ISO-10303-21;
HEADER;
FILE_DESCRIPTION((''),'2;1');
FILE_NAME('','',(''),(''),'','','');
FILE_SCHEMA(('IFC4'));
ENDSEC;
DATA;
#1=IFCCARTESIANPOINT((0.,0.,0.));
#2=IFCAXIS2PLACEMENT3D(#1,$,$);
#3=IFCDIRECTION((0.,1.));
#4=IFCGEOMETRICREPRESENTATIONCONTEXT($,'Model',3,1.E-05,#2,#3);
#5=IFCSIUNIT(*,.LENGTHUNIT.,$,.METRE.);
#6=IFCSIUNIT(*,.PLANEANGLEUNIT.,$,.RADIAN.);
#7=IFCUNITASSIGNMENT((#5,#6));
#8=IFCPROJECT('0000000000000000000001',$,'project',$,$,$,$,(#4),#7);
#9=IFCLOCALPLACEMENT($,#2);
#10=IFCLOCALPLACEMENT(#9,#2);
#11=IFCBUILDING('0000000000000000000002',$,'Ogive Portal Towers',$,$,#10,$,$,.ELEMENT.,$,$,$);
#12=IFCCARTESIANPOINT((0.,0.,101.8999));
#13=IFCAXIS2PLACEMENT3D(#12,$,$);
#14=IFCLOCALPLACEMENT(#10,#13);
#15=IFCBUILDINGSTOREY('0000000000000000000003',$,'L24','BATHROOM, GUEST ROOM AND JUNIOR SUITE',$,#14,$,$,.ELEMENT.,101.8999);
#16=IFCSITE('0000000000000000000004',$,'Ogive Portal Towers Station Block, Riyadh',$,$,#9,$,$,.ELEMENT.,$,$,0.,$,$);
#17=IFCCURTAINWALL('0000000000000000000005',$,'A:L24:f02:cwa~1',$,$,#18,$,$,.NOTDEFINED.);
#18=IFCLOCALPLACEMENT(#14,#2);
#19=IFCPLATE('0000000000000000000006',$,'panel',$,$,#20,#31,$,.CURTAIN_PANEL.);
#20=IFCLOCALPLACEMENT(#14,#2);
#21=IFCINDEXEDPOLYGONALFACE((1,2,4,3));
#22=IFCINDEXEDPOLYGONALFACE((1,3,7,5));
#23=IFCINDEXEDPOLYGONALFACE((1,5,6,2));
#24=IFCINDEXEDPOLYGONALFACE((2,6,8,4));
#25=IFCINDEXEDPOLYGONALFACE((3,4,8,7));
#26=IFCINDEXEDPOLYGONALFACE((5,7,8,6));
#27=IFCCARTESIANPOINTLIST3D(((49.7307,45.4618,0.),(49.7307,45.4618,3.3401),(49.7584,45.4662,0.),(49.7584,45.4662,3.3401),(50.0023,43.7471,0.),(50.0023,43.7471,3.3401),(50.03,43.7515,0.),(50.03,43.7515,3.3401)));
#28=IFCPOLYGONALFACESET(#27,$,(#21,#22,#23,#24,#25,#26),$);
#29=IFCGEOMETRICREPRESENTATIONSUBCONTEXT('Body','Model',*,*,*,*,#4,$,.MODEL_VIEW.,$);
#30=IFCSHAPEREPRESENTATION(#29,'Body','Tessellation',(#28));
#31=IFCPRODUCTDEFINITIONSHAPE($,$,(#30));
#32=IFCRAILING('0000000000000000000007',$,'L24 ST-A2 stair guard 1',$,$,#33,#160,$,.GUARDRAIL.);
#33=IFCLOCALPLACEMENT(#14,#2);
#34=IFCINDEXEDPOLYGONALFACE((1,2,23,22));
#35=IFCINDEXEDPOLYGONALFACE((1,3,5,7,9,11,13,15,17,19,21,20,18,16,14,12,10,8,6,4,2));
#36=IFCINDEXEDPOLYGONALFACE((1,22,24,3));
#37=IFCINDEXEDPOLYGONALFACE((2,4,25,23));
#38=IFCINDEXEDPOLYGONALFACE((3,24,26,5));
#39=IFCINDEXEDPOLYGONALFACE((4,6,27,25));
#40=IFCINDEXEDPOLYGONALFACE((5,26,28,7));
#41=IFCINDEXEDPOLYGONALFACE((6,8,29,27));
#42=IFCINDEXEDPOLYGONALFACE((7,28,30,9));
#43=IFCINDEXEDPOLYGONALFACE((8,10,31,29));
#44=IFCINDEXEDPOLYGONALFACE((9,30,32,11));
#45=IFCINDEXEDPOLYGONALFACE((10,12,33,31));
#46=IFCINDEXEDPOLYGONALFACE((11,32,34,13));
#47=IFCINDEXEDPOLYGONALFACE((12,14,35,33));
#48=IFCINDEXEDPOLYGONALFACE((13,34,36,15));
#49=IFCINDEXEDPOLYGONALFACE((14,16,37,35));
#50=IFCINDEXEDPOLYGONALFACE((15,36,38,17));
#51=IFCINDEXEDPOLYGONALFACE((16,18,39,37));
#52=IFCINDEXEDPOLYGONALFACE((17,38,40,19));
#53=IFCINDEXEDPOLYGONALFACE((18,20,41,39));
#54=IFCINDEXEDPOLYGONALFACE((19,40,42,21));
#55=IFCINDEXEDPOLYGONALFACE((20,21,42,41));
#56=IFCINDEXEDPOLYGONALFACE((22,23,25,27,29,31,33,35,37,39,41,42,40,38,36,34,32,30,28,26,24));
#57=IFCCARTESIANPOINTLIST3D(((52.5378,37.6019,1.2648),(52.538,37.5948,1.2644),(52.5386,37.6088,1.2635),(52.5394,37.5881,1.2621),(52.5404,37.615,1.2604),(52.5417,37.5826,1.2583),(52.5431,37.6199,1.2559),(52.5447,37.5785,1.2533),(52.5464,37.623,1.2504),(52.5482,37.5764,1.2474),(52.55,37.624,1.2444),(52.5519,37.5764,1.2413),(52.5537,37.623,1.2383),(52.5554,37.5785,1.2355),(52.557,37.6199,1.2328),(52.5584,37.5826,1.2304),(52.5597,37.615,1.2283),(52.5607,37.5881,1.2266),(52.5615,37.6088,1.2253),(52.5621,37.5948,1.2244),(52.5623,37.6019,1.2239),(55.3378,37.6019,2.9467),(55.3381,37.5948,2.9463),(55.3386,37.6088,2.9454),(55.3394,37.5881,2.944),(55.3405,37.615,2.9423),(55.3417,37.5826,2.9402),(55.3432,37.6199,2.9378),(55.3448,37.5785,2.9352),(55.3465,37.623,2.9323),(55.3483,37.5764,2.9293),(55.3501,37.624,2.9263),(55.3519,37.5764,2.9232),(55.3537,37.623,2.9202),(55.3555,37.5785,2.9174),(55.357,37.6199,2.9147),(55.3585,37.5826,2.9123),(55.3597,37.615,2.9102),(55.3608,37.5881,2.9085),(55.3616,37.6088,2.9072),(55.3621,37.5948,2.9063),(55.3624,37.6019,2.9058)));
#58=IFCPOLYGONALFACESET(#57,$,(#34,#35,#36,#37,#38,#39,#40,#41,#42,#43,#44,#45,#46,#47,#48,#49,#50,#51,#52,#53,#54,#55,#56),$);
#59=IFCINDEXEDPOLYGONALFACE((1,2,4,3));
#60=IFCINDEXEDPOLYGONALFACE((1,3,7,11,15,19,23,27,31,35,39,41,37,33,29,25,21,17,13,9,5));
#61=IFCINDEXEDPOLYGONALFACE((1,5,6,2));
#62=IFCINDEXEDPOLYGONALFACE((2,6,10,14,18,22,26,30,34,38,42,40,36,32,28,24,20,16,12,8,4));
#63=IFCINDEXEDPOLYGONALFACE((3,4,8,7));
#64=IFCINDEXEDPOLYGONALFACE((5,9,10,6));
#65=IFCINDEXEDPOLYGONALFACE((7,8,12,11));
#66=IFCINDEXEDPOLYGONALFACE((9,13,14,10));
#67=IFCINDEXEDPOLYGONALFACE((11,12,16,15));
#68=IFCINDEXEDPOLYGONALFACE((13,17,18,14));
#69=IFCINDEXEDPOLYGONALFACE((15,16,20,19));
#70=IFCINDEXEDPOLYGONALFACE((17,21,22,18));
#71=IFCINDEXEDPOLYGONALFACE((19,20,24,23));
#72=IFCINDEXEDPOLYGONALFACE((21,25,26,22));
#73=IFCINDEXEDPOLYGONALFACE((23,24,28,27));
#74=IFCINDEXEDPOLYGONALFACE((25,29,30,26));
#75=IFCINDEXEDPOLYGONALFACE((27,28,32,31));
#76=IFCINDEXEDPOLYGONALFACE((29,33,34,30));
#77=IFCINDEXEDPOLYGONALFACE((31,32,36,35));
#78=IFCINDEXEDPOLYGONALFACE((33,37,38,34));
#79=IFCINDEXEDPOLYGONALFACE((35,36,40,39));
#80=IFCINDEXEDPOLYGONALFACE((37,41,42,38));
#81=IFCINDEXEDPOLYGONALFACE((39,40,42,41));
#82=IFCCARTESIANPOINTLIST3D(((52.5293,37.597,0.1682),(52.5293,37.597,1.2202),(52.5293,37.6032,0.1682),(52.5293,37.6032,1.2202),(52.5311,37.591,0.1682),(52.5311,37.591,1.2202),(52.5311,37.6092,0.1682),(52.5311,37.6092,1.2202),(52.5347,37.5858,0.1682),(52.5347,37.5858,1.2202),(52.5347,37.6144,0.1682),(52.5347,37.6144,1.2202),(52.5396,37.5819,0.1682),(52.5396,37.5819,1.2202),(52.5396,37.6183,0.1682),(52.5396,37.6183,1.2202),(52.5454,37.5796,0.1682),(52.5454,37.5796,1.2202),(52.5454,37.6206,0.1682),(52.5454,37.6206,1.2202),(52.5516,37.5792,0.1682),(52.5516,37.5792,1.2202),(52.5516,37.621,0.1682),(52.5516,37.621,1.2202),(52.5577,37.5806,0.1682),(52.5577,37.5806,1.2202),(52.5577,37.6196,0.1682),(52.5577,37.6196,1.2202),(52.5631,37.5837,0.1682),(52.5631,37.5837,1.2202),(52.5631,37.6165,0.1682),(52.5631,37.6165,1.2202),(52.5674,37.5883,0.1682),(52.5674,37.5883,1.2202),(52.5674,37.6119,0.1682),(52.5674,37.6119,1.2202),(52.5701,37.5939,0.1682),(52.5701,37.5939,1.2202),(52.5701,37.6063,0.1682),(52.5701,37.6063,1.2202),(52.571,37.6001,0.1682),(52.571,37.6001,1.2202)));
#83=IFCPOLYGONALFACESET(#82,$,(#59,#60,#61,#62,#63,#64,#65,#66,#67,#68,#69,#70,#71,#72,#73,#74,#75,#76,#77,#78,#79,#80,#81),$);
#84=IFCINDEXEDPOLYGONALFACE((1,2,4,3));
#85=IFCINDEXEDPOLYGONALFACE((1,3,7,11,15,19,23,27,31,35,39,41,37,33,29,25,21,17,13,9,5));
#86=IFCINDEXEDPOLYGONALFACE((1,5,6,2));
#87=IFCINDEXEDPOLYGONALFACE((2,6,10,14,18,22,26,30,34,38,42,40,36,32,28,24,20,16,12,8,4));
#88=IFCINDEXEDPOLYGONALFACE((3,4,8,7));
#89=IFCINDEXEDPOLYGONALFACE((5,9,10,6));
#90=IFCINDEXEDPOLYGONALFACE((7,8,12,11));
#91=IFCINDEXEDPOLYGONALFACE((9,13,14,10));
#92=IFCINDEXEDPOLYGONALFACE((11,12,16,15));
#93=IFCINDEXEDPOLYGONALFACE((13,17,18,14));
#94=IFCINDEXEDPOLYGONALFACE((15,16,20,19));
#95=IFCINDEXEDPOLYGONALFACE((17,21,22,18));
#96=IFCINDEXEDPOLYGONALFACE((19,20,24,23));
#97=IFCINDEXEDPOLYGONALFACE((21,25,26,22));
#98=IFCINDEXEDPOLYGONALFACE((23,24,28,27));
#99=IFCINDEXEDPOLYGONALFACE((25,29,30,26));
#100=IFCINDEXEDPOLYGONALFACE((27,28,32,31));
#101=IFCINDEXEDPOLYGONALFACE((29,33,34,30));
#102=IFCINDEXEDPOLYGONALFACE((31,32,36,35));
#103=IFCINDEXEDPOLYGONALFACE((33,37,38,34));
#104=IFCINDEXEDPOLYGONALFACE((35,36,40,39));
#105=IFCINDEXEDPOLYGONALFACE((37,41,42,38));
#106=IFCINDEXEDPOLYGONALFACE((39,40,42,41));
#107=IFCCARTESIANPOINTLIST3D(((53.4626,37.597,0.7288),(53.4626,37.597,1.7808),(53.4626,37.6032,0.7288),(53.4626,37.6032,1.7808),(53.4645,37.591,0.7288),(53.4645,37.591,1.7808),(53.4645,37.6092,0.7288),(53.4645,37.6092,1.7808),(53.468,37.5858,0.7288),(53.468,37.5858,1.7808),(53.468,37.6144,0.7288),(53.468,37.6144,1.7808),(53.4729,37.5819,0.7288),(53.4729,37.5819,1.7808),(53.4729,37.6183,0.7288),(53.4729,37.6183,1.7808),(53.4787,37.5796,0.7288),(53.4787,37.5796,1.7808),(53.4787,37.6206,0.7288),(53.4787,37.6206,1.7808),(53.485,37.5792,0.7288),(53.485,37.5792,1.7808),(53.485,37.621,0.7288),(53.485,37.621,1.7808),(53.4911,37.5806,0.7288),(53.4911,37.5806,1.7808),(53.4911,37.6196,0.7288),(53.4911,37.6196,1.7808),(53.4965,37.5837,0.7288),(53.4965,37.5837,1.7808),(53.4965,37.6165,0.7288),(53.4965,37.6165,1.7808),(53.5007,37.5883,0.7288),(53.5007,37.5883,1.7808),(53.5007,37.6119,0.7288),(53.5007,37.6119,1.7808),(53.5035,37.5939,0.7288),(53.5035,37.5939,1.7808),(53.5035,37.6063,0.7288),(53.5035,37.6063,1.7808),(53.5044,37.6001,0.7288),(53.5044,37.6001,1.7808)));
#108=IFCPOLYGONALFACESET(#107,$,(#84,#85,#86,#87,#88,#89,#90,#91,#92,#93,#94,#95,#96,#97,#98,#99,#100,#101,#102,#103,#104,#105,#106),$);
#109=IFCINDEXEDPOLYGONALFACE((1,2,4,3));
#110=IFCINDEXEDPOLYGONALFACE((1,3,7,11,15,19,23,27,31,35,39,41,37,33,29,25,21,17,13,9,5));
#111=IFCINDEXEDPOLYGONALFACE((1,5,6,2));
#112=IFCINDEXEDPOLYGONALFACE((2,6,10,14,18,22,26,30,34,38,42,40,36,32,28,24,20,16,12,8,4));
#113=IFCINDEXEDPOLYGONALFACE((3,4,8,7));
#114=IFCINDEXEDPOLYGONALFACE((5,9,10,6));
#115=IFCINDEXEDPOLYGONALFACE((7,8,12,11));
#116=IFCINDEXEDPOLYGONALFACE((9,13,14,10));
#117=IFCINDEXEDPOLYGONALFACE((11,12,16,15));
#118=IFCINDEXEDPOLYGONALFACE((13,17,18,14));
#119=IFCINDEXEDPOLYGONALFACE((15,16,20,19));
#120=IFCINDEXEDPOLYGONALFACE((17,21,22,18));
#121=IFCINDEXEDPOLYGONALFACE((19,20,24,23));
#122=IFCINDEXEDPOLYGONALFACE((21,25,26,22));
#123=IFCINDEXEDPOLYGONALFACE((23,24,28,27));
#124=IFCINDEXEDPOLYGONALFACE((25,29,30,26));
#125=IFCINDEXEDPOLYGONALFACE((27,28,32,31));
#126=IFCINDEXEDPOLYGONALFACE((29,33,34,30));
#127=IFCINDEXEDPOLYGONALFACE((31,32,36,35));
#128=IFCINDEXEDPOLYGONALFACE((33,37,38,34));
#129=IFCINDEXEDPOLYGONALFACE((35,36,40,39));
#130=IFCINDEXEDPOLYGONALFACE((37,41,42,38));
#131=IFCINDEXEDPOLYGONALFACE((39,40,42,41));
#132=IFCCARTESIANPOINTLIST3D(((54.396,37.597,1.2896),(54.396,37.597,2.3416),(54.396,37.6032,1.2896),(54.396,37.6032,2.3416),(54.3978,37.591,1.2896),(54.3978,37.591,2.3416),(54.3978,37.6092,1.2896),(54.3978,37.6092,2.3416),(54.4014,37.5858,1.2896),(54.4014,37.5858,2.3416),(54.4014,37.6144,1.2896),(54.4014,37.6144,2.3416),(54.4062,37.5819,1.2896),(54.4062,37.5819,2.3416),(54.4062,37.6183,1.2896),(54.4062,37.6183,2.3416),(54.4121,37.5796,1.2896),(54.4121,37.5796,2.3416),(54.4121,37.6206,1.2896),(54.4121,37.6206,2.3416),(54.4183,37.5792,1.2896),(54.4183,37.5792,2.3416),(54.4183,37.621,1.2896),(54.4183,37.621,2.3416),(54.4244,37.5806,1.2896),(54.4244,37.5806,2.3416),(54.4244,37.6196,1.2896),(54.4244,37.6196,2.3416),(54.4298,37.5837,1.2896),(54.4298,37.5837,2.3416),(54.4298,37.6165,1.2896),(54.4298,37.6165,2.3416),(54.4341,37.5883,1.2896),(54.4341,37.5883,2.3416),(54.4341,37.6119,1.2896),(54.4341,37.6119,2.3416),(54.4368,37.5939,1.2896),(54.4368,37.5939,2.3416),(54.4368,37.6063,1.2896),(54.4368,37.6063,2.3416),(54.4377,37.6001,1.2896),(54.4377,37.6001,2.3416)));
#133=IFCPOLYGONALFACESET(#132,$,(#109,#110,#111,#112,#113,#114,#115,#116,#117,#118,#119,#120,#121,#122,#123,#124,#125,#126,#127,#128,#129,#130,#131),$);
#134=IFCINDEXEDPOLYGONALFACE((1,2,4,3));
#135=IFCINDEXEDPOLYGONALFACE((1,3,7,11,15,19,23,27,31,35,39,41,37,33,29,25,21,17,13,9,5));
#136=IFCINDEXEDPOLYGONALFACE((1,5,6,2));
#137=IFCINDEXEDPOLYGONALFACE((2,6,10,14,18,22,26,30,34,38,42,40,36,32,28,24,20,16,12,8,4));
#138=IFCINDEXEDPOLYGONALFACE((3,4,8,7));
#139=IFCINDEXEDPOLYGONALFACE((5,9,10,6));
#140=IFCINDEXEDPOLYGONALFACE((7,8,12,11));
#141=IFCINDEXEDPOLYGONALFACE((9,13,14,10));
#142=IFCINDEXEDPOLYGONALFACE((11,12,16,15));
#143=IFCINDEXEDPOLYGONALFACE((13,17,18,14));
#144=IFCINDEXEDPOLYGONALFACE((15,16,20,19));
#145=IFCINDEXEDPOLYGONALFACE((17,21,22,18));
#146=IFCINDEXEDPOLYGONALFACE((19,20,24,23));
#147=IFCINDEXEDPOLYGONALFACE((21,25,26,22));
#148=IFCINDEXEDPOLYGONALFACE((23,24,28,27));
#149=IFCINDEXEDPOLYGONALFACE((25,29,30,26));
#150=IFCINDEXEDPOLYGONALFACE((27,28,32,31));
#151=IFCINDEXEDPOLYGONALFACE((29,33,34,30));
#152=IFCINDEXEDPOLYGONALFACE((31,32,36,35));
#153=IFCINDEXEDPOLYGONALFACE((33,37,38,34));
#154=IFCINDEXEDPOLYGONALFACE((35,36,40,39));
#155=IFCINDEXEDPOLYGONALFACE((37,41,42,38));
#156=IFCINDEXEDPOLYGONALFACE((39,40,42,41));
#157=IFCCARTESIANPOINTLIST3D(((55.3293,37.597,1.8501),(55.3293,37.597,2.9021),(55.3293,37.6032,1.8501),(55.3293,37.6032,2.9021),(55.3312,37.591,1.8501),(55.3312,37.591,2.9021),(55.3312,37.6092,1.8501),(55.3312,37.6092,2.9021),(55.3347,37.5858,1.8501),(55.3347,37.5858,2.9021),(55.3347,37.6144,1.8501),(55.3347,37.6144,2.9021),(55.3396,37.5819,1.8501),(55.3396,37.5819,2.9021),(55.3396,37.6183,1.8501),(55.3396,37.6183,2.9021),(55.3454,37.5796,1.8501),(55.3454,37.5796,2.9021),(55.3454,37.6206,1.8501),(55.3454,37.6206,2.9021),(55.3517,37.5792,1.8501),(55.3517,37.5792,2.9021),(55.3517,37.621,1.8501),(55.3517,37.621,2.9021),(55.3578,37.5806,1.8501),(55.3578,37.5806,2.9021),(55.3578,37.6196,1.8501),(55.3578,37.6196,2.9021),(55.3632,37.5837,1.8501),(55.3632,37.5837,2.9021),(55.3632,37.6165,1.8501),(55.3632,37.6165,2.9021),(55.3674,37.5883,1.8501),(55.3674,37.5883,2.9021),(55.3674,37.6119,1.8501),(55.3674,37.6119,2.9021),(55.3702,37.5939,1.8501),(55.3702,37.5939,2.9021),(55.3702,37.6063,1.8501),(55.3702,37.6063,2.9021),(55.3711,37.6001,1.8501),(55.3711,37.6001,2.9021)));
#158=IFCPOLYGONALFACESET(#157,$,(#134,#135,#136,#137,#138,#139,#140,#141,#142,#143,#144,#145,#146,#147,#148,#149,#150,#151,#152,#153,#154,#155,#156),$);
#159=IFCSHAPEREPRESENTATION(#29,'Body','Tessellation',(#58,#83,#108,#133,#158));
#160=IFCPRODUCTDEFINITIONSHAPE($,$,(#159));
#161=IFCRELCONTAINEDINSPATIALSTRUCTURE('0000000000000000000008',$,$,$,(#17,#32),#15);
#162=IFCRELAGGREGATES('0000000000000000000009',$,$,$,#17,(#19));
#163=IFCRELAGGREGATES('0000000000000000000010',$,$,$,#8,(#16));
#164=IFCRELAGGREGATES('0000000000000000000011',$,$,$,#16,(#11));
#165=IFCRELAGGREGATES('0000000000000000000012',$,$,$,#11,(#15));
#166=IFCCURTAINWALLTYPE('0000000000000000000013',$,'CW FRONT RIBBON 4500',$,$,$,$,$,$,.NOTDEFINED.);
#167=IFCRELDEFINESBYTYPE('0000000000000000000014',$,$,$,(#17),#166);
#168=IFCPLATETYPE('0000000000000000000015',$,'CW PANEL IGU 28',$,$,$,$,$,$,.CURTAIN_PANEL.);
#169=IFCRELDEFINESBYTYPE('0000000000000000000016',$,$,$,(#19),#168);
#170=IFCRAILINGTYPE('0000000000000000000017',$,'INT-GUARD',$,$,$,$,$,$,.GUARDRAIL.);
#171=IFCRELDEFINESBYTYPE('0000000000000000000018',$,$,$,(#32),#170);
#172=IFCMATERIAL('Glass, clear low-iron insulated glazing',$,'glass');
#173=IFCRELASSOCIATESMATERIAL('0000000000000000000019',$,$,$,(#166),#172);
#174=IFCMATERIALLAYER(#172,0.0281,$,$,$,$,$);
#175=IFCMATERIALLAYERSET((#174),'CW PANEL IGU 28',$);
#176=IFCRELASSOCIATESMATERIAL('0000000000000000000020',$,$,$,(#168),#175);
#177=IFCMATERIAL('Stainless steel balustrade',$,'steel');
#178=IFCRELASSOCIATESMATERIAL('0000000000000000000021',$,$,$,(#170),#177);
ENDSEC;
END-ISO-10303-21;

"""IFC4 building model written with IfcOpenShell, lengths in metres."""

from ifc_helpers import new_model, si_unit, direction, frame, origin, origin_2d, place, context, subcontext, project, spatial, rectangle, circle, extrude, material, layer, layer_set, type_object, element, aggregate, save


model = new_model("IFC4")

# Units and contexts
model_context = context("Model", 3, precision=1e-05, world=origin(), true_north=direction((0.0, 1.0)))
body_context = subcontext(model_context, "Body", "Model", "MODEL_VIEW")
ifc_project = project(units=[si_unit("LENGTHUNIT", "METRE"), si_unit("PLANEANGLEUNIT", "RADIAN")], contexts=[model_context])

# Site, building, storey
site_placement = place(None, origin())
site = spatial("IfcSite", under=ifc_project, at=site_placement, Name="Ogive Portal Towers Station Block, Riyadh", CompositionType="ELEMENT", RefElevation=0.0)
building_placement = place(site_placement, origin())
building = spatial("IfcBuilding", under=site, at=building_placement, Name="Ogive Portal Towers", CompositionType="ELEMENT")
storey_placement = place(building_placement, frame((0.0, 0.0, 101.8999)))
storey = spatial("IfcBuildingStorey", under=building, at=storey_placement, Name="L24", Description="BATHROOM, GUEST ROOM AND JUNIOR SUITE", CompositionType="ELEMENT", Elevation=101.8999)

# Shared definitions
ifc_material_1 = material(Name="Glass, clear low-iron insulated glazing", Category="glass")
curtain_wall_type = type_object("IfcCurtainWallType", Name="CW FRONT RIBBON 4500", PredefinedType="NOTDEFINED", material=ifc_material_1)

# Curtain wall
curtain_wall_1_placement = place(storey_placement, origin())
curtain_wall_1 = element("IfcCurtainWall", 1, at=curtain_wall_1_placement, inside=storey, type_object=curtain_wall_type, Name="A:L24:f02:cwa~1", PredefinedType="NOTDEFINED")

# Plate
ifc_layer = layer(ifc_material_1, 0.0281)
ifc_layer_set = layer_set([ifc_layer], Name="CW PANEL IGU 28")
plate_type = type_object("IfcPlateType", Name="CW PANEL IGU 28", PredefinedType="CURTAIN_PANEL", material=ifc_layer_set)
plate_1_placement = place(storey_placement, frame((49.8804, 44.6067, 0.0), z_axis=(0.0, 0.0, 1.0), x_axis=(-0.156434, 0.987688, 0.0)))
plate_1 = element("IfcPlate", 2, at=plate_1_placement, type_object=plate_type, Name="panel", PredefinedType="CURTAIN_PANEL", context=body_context, shape_type="SweptSolid", body=[
    extrude(rectangle(XDim=1.7361, YDim=0.0281, at=origin_2d()), origin(), (0.0, 0.0, 1.0), 3.3401),
])
aggregate(curtain_wall_1, [plate_1])

# Railing
ifc_material_2 = material(Name="Stainless steel balustrade", Category="steel")
railing_type_1 = type_object("IfcRailingType", Name="INT-GUARD", PredefinedType="GUARDRAIL", material=ifc_material_2)
railing_1_placement = place(storey_placement, frame((52.55, 37.6001, 0.1682)))
element("IfcRailing", 3, at=railing_1_placement, inside=storey, type_object=railing_type_1, Name="L24 ST-A2 stair guard 1", PredefinedType="GUARDRAIL", context=body_context, shape_type="SweptSolid", body=[
    extrude(circle(Radius=0.0239, at=origin_2d()), frame((0.0, 0.0, 1.0762), z_axis=(0.857242, 0.0, 0.514913), x_axis=(0.0, 1.0, 0.0)), (0.0, 0.0, 1.0), 3.2664),
    extrude(circle(Radius=0.021, at=origin_2d()), origin(), (0.0, 0.0, 1.0), 1.052),
    extrude(circle(Radius=0.021, at=origin_2d()), frame((0.9333, 0.0, 0.5605)), (0.0, 0.0, 1.0), 1.052),
    extrude(circle(Radius=0.021, at=origin_2d()), frame((1.8667, 0.0, 1.1213)), (0.0, 0.0, 1.0), 1.052),
    extrude(circle(Radius=0.021, at=origin_2d()), frame((2.8, 0.0, 1.6819)), (0.0, 0.0, 1.0), 1.052),
])

save(model, "model.ifc")
